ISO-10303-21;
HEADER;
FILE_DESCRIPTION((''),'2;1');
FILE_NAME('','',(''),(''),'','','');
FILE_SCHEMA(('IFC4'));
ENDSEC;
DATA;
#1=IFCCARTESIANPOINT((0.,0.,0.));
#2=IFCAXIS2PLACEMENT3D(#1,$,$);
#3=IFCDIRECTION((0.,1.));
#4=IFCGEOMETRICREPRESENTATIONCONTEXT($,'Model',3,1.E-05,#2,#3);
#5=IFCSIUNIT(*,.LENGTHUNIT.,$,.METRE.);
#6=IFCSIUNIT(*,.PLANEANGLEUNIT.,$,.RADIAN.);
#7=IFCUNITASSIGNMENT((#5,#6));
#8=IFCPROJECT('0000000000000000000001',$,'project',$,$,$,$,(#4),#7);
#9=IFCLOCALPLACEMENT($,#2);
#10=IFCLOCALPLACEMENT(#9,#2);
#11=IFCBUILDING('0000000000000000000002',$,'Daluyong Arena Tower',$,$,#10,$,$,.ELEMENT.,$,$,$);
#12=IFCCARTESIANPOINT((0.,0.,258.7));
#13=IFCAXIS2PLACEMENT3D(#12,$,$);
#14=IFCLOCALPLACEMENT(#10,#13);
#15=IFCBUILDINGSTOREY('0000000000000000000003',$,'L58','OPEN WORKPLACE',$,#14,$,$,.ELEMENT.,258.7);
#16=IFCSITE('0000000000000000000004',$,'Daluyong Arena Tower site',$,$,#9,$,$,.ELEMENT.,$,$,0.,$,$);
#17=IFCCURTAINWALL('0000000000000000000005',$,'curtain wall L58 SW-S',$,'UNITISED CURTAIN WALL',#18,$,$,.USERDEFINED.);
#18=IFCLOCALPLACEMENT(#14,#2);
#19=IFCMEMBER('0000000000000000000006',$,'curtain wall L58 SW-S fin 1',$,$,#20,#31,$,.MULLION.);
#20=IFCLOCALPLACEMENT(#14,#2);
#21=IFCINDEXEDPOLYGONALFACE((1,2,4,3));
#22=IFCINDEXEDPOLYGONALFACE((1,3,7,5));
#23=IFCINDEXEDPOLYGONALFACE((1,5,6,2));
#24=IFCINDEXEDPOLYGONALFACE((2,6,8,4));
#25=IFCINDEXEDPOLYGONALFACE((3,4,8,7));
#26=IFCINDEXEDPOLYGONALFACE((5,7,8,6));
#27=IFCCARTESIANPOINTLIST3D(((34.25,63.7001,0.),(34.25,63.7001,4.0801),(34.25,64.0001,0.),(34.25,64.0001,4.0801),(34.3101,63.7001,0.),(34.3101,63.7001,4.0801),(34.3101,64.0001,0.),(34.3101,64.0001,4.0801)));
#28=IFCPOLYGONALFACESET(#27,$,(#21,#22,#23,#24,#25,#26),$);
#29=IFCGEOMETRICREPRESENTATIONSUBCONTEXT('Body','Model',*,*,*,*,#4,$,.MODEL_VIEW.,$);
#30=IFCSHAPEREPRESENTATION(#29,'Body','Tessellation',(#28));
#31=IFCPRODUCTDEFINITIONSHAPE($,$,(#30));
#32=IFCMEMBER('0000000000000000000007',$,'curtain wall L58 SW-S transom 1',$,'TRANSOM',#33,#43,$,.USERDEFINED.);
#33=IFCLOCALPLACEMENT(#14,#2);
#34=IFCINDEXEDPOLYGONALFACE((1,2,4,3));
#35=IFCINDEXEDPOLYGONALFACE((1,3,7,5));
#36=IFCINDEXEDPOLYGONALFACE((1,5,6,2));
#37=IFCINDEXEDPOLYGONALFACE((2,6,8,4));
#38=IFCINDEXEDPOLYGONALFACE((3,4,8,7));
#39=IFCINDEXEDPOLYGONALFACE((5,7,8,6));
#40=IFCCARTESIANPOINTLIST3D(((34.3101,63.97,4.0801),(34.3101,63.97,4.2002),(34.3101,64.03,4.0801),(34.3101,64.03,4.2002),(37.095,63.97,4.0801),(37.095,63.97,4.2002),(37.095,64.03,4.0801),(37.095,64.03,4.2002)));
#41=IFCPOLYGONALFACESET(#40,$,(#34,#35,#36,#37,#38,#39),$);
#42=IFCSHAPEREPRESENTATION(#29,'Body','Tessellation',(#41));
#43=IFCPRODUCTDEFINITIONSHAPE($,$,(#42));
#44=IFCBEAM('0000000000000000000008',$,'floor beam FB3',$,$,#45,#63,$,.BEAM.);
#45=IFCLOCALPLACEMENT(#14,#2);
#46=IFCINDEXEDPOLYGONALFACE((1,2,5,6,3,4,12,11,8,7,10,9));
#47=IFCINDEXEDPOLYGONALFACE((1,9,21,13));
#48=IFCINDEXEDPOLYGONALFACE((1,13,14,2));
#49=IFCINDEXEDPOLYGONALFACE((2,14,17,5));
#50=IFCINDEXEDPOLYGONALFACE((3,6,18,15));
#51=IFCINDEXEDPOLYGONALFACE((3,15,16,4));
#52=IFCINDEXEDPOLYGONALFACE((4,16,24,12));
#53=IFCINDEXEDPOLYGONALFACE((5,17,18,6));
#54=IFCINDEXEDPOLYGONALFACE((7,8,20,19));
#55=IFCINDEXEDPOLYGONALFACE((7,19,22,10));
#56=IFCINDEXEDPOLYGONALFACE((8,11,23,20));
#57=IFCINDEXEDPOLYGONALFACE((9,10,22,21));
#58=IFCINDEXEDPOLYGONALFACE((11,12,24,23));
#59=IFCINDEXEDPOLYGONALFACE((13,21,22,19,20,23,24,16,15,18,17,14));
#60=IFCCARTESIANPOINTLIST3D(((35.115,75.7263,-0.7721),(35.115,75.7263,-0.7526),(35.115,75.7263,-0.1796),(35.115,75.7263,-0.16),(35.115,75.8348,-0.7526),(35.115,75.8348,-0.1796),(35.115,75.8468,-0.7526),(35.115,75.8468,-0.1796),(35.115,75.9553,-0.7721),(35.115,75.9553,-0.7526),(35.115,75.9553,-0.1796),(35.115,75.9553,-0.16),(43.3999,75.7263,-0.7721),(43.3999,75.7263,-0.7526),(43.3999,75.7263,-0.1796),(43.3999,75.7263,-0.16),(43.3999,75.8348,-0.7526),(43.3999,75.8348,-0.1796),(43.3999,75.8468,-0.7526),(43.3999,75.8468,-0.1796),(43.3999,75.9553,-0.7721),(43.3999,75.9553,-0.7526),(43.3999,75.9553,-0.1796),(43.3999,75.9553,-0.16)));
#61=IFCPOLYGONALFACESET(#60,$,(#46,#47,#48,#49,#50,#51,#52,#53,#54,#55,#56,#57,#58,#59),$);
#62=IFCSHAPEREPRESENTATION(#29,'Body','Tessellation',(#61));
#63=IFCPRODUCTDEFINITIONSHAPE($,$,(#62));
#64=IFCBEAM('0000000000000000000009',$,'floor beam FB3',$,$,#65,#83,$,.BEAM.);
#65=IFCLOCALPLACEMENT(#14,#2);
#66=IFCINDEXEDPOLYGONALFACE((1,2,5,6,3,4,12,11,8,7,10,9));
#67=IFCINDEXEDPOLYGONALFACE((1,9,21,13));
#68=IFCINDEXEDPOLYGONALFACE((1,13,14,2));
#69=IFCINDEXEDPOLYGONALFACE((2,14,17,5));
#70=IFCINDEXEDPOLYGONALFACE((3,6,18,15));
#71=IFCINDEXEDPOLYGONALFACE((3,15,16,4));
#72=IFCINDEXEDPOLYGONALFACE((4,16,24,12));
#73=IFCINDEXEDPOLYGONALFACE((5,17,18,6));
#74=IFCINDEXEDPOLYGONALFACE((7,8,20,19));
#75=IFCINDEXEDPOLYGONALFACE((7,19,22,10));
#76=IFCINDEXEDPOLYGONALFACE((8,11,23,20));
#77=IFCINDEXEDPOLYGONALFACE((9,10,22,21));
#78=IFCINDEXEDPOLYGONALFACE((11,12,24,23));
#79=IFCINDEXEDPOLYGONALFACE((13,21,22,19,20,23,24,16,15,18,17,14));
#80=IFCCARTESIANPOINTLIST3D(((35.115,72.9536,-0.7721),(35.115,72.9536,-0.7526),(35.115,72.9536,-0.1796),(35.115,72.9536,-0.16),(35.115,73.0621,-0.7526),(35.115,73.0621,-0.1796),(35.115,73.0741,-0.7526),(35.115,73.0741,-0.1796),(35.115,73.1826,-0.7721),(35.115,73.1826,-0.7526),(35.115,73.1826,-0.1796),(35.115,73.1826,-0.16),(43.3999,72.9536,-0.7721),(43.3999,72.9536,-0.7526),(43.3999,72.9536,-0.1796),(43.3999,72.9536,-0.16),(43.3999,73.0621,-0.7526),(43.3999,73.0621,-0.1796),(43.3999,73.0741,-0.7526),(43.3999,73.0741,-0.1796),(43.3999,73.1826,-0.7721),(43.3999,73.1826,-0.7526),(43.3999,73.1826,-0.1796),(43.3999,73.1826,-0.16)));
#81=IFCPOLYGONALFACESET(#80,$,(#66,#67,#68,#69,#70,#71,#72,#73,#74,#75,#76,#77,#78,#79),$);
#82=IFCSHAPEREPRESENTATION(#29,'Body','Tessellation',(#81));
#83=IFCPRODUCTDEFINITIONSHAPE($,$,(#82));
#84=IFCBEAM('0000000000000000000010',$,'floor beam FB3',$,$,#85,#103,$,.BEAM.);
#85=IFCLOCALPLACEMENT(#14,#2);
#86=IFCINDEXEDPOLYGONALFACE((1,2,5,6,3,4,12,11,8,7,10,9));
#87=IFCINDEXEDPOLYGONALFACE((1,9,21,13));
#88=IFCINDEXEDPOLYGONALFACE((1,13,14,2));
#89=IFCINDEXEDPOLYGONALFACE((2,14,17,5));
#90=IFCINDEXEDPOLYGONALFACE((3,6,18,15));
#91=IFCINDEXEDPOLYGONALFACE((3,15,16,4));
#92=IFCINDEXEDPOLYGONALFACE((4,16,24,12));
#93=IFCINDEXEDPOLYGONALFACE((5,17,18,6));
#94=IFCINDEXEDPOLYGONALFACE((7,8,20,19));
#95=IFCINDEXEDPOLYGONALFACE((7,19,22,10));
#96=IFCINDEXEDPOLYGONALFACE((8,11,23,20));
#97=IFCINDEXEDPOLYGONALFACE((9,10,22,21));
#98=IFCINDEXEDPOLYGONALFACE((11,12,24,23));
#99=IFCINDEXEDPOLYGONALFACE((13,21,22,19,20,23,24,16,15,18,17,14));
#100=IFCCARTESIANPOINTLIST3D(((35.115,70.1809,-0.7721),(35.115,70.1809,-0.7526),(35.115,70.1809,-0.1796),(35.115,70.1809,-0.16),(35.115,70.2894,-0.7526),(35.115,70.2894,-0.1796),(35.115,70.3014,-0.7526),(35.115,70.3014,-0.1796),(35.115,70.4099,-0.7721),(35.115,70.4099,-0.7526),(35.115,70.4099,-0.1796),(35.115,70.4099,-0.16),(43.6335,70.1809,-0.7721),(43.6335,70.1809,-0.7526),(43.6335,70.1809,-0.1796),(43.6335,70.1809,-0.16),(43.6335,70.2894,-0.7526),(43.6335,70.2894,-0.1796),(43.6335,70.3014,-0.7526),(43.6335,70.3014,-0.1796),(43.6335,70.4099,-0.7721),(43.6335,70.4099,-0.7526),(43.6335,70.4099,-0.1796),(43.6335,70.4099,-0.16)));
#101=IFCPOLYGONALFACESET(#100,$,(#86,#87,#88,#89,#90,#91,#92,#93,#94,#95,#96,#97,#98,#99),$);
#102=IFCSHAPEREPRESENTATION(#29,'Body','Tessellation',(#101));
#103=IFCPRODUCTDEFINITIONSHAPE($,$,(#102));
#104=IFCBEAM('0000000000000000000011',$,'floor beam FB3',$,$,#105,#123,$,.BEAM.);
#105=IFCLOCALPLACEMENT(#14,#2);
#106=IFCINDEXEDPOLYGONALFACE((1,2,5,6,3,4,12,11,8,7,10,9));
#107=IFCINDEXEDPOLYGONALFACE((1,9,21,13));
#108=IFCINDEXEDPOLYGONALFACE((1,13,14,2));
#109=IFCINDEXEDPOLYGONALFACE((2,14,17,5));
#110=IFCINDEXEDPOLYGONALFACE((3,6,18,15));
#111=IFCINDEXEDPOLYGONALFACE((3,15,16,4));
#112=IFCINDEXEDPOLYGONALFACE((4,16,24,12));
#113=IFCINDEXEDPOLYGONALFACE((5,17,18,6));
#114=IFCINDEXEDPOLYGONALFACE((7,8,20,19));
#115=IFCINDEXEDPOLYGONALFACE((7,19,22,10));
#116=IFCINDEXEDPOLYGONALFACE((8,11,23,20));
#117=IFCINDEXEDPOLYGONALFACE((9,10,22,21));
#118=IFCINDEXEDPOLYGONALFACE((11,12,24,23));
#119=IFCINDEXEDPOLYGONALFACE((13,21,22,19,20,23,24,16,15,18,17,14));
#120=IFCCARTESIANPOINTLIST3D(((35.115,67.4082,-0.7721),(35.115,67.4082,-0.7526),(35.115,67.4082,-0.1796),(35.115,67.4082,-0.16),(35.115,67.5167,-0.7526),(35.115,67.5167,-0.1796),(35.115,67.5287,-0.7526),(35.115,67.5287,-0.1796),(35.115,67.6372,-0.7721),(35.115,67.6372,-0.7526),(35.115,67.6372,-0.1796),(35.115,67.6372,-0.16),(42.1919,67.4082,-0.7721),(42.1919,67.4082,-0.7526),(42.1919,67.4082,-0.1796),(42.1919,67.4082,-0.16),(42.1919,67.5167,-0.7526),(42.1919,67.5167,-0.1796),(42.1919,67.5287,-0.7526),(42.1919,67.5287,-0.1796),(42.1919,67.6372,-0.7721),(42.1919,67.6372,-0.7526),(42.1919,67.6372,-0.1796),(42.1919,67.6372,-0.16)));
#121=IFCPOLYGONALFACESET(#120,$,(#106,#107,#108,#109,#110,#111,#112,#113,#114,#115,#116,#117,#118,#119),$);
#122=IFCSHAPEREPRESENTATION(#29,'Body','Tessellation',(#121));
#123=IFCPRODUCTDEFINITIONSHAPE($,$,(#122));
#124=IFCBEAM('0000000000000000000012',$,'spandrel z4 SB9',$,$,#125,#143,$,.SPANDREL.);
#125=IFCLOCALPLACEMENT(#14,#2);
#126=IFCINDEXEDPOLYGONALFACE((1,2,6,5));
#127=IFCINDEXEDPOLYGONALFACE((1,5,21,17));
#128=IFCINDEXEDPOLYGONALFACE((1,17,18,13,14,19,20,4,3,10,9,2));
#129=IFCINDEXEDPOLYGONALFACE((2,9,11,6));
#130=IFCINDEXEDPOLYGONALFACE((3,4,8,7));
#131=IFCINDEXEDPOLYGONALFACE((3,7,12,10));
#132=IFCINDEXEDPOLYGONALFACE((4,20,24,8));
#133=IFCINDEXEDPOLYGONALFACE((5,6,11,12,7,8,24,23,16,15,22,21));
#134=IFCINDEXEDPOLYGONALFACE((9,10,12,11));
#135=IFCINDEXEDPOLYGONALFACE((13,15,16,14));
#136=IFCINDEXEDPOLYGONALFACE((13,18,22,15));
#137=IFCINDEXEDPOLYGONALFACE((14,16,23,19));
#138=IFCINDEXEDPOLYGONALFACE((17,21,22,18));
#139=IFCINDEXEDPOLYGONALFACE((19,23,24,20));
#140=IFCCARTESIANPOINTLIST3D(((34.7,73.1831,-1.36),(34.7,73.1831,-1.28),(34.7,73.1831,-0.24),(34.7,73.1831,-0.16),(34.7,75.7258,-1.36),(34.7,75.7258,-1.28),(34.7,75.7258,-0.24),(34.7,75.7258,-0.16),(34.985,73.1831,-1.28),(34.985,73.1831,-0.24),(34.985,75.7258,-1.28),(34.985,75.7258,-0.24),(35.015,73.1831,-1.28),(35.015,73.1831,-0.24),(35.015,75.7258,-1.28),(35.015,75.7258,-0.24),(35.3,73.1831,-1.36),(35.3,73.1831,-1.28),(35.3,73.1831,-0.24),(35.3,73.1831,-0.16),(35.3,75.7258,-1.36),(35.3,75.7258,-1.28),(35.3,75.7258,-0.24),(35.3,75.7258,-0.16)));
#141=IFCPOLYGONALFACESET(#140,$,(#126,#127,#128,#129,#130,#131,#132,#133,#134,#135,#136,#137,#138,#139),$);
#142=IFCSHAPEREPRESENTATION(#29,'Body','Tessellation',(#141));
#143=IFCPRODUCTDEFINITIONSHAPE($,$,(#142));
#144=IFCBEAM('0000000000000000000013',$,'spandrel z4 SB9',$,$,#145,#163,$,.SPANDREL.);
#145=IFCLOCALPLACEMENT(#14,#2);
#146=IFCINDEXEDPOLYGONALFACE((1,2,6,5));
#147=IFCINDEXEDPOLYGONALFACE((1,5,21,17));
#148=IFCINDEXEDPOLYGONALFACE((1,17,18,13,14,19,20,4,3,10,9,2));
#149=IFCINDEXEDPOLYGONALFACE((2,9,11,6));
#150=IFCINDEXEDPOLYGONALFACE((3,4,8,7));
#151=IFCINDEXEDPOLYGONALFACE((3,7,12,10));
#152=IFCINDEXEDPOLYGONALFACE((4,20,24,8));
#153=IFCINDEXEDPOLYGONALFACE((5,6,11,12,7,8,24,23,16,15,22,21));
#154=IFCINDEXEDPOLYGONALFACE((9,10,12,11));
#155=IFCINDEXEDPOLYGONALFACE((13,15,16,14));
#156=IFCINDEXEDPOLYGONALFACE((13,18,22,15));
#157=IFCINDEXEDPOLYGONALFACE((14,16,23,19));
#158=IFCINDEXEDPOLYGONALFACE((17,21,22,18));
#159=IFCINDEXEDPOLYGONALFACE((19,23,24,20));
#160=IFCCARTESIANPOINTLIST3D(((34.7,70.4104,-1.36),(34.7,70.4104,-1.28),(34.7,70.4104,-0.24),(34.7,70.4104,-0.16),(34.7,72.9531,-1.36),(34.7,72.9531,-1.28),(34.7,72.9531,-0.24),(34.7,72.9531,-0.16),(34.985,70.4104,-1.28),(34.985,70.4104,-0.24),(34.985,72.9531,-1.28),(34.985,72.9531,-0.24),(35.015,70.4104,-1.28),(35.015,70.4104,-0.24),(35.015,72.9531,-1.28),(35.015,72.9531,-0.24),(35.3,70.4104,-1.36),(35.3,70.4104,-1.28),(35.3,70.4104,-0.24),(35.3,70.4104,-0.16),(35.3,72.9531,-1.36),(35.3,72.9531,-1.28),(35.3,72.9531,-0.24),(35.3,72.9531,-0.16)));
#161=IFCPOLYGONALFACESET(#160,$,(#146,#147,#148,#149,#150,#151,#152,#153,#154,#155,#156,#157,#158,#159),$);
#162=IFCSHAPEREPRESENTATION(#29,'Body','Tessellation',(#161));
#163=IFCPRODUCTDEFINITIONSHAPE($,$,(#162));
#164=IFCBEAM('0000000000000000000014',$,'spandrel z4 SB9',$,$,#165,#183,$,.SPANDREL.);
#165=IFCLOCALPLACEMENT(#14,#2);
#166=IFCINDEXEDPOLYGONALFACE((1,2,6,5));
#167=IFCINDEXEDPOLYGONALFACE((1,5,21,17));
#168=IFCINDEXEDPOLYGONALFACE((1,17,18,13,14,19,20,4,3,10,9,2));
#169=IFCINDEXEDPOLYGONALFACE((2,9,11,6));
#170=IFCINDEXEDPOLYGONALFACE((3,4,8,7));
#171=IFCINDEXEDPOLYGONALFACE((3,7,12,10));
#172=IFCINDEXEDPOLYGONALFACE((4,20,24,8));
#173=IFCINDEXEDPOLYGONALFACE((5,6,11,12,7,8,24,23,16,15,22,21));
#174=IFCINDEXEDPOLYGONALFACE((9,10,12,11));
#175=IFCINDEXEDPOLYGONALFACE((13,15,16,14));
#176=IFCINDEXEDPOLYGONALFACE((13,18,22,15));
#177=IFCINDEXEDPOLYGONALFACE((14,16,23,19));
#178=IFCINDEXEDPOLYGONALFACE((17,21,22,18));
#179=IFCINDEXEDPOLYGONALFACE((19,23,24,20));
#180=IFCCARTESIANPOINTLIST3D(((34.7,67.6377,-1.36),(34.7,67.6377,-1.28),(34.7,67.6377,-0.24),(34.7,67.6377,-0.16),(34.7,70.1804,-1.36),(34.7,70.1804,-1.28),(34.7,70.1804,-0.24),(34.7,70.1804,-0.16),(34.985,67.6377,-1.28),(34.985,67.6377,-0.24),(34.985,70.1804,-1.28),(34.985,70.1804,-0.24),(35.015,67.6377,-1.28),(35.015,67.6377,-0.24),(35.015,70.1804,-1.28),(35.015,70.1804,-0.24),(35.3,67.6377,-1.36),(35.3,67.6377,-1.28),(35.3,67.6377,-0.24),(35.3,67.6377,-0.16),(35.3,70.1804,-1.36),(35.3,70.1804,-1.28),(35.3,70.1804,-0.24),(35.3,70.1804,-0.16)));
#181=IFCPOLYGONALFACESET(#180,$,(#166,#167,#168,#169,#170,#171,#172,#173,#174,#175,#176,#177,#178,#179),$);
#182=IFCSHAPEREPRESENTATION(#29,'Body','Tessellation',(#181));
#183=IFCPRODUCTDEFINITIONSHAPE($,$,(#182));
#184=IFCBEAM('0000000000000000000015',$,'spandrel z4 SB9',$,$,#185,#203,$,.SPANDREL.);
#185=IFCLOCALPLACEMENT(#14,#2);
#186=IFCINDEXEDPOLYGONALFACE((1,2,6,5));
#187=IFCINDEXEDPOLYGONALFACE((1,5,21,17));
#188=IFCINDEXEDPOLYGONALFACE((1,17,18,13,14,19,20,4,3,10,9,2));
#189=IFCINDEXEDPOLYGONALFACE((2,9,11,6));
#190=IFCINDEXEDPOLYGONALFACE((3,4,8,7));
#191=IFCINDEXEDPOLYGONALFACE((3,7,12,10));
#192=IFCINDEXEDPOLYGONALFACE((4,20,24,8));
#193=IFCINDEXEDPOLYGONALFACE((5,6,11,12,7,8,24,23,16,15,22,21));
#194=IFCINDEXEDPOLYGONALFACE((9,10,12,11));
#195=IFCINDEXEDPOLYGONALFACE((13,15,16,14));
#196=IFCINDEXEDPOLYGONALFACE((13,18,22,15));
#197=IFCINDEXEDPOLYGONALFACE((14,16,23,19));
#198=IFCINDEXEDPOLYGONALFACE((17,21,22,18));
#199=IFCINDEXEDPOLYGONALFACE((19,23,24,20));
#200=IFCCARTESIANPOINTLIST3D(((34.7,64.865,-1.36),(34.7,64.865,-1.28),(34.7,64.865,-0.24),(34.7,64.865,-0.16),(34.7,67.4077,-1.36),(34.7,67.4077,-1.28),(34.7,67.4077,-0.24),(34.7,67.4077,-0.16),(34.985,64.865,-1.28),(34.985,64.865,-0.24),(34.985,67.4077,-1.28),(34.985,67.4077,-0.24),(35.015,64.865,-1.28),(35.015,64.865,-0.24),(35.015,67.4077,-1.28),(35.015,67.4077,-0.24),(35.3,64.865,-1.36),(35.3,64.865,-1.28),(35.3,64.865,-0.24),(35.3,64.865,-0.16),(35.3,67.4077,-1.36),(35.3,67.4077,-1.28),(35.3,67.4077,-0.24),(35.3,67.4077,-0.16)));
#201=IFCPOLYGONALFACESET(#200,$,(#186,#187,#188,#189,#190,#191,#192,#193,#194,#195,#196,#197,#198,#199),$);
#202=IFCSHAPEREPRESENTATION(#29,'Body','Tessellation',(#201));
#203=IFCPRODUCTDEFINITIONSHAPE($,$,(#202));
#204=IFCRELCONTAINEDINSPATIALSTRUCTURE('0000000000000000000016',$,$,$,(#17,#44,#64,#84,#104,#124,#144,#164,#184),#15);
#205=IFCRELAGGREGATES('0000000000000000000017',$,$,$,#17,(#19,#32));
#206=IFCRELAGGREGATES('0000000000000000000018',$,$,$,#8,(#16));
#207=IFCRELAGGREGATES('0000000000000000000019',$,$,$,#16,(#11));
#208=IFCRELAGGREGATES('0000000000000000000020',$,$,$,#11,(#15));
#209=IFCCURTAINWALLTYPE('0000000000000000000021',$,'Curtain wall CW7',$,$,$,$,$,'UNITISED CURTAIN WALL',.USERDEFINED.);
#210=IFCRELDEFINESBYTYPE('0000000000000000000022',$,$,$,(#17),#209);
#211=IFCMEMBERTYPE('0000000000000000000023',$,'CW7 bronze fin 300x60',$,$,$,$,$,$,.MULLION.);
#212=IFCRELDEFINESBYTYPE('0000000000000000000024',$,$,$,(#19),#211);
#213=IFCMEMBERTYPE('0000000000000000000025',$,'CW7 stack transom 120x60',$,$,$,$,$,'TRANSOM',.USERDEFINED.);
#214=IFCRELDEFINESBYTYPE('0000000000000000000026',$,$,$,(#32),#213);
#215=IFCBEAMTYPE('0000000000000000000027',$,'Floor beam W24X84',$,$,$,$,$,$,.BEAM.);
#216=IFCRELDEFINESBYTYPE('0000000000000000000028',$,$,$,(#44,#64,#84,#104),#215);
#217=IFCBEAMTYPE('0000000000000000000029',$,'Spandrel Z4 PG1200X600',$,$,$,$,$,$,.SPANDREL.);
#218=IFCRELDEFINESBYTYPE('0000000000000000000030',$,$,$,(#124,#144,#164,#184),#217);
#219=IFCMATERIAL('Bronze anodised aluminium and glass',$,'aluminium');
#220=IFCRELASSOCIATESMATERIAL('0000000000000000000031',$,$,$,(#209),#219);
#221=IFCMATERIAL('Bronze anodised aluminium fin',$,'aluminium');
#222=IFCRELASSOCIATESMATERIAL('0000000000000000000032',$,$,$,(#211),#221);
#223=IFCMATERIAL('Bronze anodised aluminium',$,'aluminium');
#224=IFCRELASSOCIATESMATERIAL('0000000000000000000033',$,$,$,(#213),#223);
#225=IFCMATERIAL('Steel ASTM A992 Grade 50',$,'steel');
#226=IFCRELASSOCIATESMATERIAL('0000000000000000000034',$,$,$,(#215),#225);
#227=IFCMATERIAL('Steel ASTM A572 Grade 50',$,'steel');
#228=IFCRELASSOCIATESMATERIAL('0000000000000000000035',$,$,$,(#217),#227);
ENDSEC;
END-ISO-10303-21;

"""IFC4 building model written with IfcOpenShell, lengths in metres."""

from ifc_helpers import new_model, si_unit, direction, frame, origin, origin_2d, place, context, subcontext, project, spatial, rectangle, i_section, extrude, material, material_profile, profile_set, type_object, element, aggregate, save


model = new_model("IFC4")

# Units and contexts
model_context = context("Model", 3, precision=1e-05, world=origin(), true_north=direction((0.0, 1.0)))
body_context = subcontext(model_context, "Body", "Model", "MODEL_VIEW")
ifc_project = project(units=[si_unit("LENGTHUNIT", "METRE"), si_unit("PLANEANGLEUNIT", "RADIAN")], contexts=[model_context])

# Site, building, storey
site_placement = place(None, origin())
site = spatial("IfcSite", under=ifc_project, at=site_placement, Name="Daluyong Arena Tower site", CompositionType="ELEMENT", RefElevation=0.0)
building_placement = place(site_placement, origin())
building = spatial("IfcBuilding", under=site, at=building_placement, Name="Daluyong Arena Tower", CompositionType="ELEMENT")
storey_placement = place(building_placement, frame((0.0, 0.0, 258.7)))
storey = spatial("IfcBuildingStorey", under=building, at=storey_placement, Name="L58", Description="OPEN WORKPLACE", CompositionType="ELEMENT", Elevation=258.7)

# Curtain wall, members
ifc_material_1 = material(Name="Bronze anodised aluminium and glass", Category="aluminium")
curtain_wall_type_1 = type_object("IfcCurtainWallType", Name="Curtain wall CW7", ElementType="UNITISED CURTAIN WALL", PredefinedType="USERDEFINED", material=ifc_material_1)
curtain_wall_1_placement = place(storey_placement, origin())
curtain_wall_1 = element("IfcCurtainWall", 1, at=curtain_wall_1_placement, inside=storey, type_object=curtain_wall_type_1, Name="curtain wall L58 SW-S", ObjectType="UNITISED CURTAIN WALL", PredefinedType="USERDEFINED")
ifc_material_2 = material(Name="Bronze anodised aluminium fin", Category="aluminium")
ifc_material_profile_1 = material_profile(ifc_material_2, rectangle(XDim=0.3, YDim=0.0601, at=origin_2d()))
ifc_profile_set_1 = profile_set([ifc_material_profile_1], Name="Bronze anodised aluminium fin")
member_type_1 = type_object("IfcMemberType", Name="CW7 bronze fin 300x60", PredefinedType="MULLION", material=ifc_profile_set_1)
member_1_placement = place(storey_placement, frame((34.28, 63.8501, 0.0), z_axis=(0.0, 0.0, 1.0), x_axis=(0.0, 1.0, 0.0)))
member_1 = element("IfcMember", 2, at=member_1_placement, type_object=member_type_1, Name="curtain wall L58 SW-S fin 1", PredefinedType="MULLION", context=body_context, shape_type="SweptSolid", body=[
    extrude(rectangle(XDim=0.3, YDim=0.0601, at=origin_2d()), origin(), (0.0, 0.0, 1.0), 4.0801),
])
ifc_material_3 = material(Name="Bronze anodised aluminium", Category="aluminium")
ifc_material_profile_2 = material_profile(ifc_material_3, rectangle(XDim=0.0601, YDim=0.1201, at=origin_2d()))
ifc_profile_set_2 = profile_set([ifc_material_profile_2], Name="Bronze anodised aluminium")
member_type_2 = type_object("IfcMemberType", Name="CW7 stack transom 120x60", ElementType="TRANSOM", PredefinedType="USERDEFINED", material=ifc_profile_set_2)
member_2_placement = place(storey_placement, frame((34.3101, 64.0, 4.1401), z_axis=(1.0, 0.0, 0.0), x_axis=(0.0, 1.0, 0.0)))
member_2 = element("IfcMember", 3, at=member_2_placement, type_object=member_type_2, Name="curtain wall L58 SW-S transom 1", ObjectType="TRANSOM", PredefinedType="USERDEFINED", context=body_context, shape_type="SweptSolid", body=[
    extrude(rectangle(XDim=0.0601, YDim=0.1201, at=origin_2d()), origin(), (0.0, 0.0, 1.0), 2.7849),
])
aggregate(curtain_wall_1, [member_1, member_2])

# Beams
ifc_material_4 = material(Name="Steel ASTM A992 Grade 50", Category="steel")
ifc_material_profile_3 = material_profile(ifc_material_4, i_section(OverallWidth=0.229, OverallDepth=0.6121, WebThickness=0.012, FlangeThickness=0.0195, at=origin_2d()))
ifc_profile_set_3 = profile_set([ifc_material_profile_3], Name="Steel ASTM A992 Grade 50")
beam_type_1 = type_object("IfcBeamType", Name="Floor beam W24X84", PredefinedType="BEAM", material=ifc_profile_set_3)
for number, where, z_axis, x_axis, name in (
    (4, (35.115, 75.8408, -0.4661), (1.0, 0.0, 0.0), (0.0, 1.0, 0.0), "floor beam FB3"),
    (5, (35.115, 73.0681, -0.4661), (1.0, 0.0, 0.0), (0.0, 1.0, 0.0), "floor beam FB3"),
):
    element("IfcBeam", number, at=place(storey_placement, frame(where, z_axis=z_axis, x_axis=x_axis)), inside=storey, type_object=beam_type_1, Name=name, PredefinedType="BEAM", context=body_context, shape_type="SweptSolid", body=[
        extrude(i_section(OverallWidth=0.229, OverallDepth=0.6121, WebThickness=0.012, FlangeThickness=0.0195, at=origin_2d()), origin(), (0.0, 0.0, 1.0), 8.2849),
    ])
beam_1_placement = place(storey_placement, frame((35.115, 70.2954, -0.4661), z_axis=(1.0, 0.0, 0.0), x_axis=(0.0, 1.0, 0.0)))
element("IfcBeam", 6, at=beam_1_placement, inside=storey, type_object=beam_type_1, Name="floor beam FB3", PredefinedType="BEAM", context=body_context, shape_type="SweptSolid", body=[
    extrude(i_section(OverallWidth=0.229, OverallDepth=0.6121, WebThickness=0.012, FlangeThickness=0.0195, at=origin_2d()), origin(), (0.0, 0.0, 1.0), 8.5186),
])
beam_2_placement = place(storey_placement, frame((35.115, 67.5227, -0.4661), z_axis=(1.0, 0.0, 0.0), x_axis=(0.0, 1.0, 0.0)))
element("IfcBeam", 7, at=beam_2_placement, inside=storey, type_object=beam_type_1, Name="floor beam FB3", PredefinedType="BEAM", context=body_context, shape_type="SweptSolid", body=[
    extrude(i_section(OverallWidth=0.229, OverallDepth=0.6121, WebThickness=0.012, FlangeThickness=0.0195, at=origin_2d()), origin(), (0.0, 0.0, 1.0), 7.0769),
])
ifc_material_5 = material(Name="Steel ASTM A572 Grade 50", Category="steel")
ifc_material_profile_4 = material_profile(ifc_material_5, i_section(OverallWidth=0.6001, OverallDepth=1.2, WebThickness=0.03, FlangeThickness=0.08, at=origin_2d()))
ifc_profile_set_4 = profile_set([ifc_material_profile_4], Name="Steel ASTM A572 Grade 50")
beam_type_2 = type_object("IfcBeamType", Name="Spandrel Z4 PG1200X600", PredefinedType="SPANDREL", material=ifc_profile_set_4)
for number, where, z_axis, x_axis, name in (
    (8, (35.0, 75.7258, -0.76), (0.0, -1.0, 0.0), (1.0, 0.0, 0.0), "spandrel z4 SB9"),
    (9, (35.0, 72.9531, -0.76), (0.0, -1.0, 0.0), (1.0, 0.0, 0.0), "spandrel z4 SB9"),
    (10, (35.0, 70.1804, -0.76), (0.0, -1.0, 0.0), (1.0, 0.0, 0.0), "spandrel z4 SB9"),
    (11, (35.0, 67.4077, -0.76), (0.0, -1.0, 0.0), (1.0, 0.0, 0.0), "spandrel z4 SB9"),
):
    element("IfcBeam", number, at=place(storey_placement, frame(where, z_axis=z_axis, x_axis=x_axis)), inside=storey, type_object=beam_type_2, Name=name, PredefinedType="SPANDREL", context=body_context, shape_type="SweptSolid", body=[
        extrude(i_section(OverallWidth=0.6001, OverallDepth=1.2, WebThickness=0.03, FlangeThickness=0.08, at=origin_2d()), origin(), (0.0, 0.0, 1.0), 2.5427),
    ])

save(model, "model.ifc")
